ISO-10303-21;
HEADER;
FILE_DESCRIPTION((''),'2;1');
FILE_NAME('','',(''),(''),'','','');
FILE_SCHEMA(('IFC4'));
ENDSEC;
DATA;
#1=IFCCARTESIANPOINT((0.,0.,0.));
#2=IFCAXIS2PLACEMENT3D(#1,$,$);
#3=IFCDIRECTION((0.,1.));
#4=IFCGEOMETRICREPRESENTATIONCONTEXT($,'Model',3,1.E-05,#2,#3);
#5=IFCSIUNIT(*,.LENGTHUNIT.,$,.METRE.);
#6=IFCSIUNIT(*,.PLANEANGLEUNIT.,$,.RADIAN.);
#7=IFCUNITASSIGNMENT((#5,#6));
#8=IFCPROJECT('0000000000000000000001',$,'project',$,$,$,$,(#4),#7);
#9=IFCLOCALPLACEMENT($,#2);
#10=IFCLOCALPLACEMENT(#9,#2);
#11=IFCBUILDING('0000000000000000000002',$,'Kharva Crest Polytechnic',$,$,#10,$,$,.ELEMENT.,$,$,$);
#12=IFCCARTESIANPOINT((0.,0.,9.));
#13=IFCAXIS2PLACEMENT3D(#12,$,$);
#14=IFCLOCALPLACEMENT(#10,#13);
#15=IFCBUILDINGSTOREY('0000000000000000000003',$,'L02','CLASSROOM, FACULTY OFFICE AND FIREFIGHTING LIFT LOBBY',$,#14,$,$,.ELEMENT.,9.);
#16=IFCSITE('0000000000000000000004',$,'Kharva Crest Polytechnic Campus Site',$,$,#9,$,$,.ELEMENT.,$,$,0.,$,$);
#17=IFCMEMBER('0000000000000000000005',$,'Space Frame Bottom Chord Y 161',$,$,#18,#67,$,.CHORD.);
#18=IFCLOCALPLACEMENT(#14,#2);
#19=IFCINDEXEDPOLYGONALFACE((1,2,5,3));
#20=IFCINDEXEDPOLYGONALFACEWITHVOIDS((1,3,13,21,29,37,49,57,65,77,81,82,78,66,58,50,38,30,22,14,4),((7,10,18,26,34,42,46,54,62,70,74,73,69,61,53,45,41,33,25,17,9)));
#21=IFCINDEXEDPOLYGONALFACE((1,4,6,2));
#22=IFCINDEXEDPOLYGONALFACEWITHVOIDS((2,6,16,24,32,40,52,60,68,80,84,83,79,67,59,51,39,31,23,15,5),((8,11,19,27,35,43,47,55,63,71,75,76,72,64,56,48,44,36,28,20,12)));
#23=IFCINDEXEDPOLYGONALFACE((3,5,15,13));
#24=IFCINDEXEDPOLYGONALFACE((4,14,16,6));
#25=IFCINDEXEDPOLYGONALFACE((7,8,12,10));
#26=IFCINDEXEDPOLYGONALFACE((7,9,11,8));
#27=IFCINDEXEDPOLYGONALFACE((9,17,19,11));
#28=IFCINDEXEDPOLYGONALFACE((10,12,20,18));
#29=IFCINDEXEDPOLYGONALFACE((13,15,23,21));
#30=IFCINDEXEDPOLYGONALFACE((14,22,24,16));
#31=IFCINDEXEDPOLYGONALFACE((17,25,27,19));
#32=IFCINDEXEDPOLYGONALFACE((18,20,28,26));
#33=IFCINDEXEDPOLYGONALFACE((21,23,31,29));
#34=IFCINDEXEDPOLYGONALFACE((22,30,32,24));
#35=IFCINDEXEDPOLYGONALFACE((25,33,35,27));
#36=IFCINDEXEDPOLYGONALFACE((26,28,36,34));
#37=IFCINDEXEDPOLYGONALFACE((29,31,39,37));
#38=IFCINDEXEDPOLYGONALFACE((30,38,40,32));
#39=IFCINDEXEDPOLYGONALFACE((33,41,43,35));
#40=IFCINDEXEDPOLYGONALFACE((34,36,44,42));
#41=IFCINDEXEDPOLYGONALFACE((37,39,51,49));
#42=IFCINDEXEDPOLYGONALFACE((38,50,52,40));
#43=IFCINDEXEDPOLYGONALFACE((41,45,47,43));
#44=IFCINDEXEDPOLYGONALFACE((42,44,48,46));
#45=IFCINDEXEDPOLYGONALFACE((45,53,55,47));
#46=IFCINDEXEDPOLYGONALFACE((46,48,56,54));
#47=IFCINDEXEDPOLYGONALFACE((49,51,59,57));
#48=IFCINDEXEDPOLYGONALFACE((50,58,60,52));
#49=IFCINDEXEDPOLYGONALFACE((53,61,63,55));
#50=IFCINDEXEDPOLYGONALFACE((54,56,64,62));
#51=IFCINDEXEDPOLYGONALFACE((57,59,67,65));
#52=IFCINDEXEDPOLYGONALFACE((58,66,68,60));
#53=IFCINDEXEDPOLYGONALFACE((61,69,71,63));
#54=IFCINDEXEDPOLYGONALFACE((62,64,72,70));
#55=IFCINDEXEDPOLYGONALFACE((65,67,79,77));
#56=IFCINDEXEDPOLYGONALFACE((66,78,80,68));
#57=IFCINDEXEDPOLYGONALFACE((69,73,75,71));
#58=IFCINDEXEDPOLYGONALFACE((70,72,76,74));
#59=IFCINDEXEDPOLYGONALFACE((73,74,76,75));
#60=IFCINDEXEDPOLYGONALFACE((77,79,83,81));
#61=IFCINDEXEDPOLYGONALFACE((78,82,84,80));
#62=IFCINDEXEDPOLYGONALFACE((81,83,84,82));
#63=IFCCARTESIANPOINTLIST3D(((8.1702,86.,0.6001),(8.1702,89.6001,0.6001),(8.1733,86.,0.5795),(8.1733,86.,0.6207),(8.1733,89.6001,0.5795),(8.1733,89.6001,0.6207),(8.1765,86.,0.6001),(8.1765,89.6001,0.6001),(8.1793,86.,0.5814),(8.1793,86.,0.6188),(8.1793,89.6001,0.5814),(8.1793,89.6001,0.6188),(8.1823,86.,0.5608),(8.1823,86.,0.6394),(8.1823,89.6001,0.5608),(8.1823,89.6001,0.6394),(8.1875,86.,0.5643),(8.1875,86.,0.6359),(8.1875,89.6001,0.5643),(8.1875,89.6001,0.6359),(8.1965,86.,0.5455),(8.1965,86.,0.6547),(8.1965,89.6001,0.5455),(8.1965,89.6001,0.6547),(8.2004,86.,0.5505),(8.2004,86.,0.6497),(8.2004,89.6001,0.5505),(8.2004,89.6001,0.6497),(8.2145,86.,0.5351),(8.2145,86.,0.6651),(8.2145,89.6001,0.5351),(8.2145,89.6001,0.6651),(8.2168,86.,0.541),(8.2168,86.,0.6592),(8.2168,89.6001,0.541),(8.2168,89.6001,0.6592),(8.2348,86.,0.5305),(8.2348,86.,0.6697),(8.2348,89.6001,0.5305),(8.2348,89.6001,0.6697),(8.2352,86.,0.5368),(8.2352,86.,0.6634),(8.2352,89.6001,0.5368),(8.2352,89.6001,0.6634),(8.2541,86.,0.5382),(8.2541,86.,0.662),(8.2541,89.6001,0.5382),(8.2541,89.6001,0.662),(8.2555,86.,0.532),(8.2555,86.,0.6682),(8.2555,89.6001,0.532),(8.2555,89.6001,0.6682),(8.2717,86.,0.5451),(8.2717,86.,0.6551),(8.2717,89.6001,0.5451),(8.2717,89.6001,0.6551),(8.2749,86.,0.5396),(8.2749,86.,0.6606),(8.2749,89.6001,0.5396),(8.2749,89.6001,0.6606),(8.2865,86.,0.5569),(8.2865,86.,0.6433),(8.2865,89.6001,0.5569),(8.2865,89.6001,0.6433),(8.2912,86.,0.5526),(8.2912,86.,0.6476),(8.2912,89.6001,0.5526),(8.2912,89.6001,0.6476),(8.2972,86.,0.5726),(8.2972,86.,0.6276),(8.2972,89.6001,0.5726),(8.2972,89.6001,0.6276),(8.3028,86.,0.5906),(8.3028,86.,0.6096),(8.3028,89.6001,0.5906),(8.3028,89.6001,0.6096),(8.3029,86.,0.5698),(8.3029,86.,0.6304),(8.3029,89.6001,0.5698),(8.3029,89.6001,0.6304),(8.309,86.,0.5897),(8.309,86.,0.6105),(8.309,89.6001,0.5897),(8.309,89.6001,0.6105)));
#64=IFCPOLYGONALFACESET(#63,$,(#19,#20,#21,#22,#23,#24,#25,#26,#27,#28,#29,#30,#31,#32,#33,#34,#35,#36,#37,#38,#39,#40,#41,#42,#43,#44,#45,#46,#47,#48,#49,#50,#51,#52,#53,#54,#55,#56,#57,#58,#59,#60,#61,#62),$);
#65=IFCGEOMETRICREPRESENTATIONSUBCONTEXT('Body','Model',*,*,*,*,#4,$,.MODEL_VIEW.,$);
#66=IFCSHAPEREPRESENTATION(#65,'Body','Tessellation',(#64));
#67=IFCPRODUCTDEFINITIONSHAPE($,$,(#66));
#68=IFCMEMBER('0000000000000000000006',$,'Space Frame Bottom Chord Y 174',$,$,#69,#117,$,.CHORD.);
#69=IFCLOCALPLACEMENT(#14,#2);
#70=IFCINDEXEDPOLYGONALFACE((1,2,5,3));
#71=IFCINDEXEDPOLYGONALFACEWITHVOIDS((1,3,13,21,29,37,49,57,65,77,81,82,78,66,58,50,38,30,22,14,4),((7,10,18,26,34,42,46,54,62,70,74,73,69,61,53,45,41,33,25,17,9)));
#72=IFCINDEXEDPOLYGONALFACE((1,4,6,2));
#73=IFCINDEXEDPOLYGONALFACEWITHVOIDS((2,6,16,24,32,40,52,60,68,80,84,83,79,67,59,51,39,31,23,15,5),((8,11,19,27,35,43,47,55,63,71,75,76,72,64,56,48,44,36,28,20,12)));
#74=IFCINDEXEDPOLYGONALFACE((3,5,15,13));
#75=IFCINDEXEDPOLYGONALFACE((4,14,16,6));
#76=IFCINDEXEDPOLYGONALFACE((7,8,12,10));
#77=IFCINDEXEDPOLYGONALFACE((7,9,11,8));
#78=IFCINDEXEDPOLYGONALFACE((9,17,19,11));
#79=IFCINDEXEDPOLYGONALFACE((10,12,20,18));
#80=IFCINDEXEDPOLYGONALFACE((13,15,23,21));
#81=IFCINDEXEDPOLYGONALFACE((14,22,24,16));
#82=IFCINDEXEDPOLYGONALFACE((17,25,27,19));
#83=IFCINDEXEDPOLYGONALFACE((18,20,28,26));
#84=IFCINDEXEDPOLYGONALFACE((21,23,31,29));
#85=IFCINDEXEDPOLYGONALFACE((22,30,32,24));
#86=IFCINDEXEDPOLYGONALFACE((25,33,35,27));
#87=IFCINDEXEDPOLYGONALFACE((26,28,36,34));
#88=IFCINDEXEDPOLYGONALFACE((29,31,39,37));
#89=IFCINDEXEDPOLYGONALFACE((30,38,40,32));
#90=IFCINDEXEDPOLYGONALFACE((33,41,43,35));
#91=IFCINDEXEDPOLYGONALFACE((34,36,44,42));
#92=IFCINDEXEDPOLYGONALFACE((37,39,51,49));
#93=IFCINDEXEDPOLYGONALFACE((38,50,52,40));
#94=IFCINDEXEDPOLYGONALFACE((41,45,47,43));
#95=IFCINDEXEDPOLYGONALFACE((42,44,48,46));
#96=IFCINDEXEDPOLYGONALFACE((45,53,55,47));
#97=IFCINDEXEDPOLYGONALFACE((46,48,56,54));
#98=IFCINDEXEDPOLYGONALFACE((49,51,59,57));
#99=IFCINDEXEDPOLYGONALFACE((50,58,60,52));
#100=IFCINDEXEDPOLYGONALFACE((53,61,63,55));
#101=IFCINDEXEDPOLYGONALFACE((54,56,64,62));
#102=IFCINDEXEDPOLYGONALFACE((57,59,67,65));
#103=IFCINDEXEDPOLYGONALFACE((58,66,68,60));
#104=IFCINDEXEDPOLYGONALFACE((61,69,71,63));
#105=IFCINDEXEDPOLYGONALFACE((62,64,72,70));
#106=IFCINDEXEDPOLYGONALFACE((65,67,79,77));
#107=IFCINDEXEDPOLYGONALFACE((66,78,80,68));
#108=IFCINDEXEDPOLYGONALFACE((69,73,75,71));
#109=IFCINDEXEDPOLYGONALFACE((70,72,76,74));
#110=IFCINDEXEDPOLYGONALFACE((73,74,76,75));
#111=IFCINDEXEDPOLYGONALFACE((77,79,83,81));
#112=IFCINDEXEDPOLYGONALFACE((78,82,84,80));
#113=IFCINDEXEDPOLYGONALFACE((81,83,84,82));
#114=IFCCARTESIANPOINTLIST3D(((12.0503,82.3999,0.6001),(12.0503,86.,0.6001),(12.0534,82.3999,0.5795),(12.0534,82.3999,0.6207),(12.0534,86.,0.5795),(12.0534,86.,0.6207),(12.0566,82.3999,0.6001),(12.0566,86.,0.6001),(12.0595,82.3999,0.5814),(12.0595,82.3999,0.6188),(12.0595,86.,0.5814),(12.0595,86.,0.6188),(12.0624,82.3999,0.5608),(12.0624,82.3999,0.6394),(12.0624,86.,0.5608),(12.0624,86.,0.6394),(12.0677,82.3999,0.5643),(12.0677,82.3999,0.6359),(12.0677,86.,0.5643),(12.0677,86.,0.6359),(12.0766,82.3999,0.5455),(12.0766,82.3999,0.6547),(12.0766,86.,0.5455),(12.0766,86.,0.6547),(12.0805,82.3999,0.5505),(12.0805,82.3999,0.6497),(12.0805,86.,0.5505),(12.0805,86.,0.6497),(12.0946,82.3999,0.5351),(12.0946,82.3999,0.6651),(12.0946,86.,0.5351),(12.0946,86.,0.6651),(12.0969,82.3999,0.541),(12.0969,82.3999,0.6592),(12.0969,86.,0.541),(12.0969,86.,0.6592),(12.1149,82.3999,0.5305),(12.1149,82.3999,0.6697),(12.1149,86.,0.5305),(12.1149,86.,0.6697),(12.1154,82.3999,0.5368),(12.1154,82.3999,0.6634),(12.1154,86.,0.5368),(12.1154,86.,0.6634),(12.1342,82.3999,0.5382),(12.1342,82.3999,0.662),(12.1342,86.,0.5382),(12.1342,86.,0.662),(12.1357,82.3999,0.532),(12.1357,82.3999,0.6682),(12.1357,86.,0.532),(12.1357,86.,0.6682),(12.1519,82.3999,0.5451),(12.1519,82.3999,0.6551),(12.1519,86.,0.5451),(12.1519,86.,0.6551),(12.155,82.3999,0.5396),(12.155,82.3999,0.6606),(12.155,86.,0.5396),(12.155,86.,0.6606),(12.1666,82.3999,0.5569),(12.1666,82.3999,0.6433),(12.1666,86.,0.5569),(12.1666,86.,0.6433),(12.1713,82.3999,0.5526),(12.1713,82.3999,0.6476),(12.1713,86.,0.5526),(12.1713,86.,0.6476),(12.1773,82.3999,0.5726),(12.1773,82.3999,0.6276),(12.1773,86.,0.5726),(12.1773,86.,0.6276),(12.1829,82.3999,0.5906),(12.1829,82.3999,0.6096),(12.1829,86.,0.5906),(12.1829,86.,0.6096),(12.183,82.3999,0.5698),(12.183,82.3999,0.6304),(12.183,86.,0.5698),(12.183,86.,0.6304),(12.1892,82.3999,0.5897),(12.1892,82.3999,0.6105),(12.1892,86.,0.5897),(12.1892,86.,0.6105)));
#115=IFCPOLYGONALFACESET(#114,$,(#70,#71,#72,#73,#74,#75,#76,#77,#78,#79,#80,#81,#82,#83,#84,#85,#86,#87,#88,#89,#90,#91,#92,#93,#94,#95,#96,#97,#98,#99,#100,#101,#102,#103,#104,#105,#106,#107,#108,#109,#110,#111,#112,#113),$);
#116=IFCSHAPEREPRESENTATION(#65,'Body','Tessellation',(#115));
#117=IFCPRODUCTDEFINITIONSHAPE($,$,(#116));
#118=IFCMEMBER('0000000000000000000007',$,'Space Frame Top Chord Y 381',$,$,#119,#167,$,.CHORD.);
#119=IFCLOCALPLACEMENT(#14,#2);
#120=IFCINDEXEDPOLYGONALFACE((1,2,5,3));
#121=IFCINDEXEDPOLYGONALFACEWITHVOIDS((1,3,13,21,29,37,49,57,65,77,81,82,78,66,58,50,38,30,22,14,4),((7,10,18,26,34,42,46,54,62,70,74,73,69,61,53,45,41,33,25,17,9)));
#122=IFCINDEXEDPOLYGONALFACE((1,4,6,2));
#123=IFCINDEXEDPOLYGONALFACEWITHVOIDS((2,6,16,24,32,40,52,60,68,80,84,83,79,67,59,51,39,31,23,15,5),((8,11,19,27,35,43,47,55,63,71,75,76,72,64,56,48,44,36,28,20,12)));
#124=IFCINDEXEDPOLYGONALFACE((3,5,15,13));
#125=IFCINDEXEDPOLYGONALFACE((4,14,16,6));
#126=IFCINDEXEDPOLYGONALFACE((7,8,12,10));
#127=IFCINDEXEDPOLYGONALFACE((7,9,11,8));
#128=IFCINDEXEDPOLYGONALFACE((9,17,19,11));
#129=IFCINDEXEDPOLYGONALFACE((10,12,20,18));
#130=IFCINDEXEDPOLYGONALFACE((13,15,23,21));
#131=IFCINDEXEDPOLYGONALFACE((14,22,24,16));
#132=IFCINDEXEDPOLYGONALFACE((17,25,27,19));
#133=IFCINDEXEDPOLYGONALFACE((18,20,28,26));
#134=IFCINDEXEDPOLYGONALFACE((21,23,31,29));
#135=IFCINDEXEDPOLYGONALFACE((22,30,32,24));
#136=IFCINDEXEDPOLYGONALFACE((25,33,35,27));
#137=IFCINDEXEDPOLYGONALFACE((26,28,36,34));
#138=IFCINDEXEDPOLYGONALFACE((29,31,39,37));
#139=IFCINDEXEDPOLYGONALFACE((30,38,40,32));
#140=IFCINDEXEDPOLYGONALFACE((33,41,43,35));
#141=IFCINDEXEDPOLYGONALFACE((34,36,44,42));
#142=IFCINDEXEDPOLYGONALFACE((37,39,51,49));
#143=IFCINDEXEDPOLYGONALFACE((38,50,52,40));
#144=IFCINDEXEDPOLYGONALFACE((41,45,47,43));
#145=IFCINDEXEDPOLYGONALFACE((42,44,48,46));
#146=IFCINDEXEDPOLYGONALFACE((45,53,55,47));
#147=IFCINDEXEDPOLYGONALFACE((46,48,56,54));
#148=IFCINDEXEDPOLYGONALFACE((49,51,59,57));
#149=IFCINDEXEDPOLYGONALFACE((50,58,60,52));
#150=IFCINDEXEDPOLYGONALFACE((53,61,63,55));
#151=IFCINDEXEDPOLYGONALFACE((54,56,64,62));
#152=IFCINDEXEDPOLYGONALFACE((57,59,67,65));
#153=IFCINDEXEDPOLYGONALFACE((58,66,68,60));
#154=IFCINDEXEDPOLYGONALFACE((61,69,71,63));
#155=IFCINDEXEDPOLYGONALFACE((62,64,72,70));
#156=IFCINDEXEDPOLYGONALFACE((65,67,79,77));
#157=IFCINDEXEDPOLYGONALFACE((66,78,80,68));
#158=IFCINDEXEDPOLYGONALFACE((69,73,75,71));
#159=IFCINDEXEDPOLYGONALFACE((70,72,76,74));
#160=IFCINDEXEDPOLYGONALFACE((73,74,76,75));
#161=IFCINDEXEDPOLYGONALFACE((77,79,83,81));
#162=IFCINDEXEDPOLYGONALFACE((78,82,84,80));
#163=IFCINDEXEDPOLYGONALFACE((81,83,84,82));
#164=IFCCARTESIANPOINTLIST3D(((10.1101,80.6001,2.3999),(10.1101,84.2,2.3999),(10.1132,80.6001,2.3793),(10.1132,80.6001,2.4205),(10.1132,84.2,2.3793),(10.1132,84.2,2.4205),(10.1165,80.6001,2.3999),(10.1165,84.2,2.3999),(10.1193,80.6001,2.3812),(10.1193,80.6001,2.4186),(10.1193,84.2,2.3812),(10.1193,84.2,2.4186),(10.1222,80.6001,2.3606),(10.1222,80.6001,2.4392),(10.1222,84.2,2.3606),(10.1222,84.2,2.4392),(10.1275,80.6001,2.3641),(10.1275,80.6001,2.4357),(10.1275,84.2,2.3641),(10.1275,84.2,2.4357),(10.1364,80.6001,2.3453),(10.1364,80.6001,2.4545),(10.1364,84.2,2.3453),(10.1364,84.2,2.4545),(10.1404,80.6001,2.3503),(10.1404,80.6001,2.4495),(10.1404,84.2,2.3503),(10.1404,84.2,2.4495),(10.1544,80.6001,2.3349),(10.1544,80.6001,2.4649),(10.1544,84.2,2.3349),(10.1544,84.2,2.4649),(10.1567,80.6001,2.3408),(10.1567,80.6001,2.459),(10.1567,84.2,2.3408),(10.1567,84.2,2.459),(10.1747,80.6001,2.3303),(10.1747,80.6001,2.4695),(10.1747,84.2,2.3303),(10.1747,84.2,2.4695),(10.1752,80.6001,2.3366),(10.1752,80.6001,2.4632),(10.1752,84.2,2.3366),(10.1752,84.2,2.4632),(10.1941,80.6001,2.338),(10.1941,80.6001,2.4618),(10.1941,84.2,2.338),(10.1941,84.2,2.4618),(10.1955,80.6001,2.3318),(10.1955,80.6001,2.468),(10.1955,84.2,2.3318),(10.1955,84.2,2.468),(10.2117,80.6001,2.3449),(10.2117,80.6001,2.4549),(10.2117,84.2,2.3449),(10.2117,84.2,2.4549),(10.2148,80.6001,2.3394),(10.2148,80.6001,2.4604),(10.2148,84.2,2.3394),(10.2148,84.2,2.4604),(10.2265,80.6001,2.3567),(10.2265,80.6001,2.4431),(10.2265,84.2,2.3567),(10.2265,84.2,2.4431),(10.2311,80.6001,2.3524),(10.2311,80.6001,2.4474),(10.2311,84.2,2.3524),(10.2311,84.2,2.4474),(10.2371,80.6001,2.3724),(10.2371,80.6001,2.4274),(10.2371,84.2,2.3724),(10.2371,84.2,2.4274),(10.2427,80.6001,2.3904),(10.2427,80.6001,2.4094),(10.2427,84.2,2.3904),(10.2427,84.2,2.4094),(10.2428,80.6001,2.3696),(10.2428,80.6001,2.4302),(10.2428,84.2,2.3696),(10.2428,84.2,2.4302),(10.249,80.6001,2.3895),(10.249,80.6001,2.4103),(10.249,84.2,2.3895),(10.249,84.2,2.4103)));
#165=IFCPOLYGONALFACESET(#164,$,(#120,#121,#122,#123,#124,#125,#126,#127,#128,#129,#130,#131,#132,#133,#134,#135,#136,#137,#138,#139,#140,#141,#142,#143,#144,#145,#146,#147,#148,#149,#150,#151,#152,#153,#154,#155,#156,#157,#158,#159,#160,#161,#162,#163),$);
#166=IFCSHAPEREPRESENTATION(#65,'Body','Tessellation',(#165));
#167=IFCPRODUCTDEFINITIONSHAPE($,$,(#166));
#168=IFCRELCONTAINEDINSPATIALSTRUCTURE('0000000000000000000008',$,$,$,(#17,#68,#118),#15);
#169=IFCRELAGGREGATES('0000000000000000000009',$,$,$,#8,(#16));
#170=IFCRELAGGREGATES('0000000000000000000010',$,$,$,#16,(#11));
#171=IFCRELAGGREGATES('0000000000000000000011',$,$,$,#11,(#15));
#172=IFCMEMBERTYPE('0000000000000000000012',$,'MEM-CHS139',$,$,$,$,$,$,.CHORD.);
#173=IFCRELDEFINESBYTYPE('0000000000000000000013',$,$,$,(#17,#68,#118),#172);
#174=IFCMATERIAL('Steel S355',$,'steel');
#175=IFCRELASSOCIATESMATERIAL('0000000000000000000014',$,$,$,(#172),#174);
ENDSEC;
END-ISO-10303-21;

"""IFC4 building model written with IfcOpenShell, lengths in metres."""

from ifc_helpers import new_model, si_unit, direction, frame, origin, origin_2d, place, context, subcontext, project, spatial, hollow_circle, extrude, material, material_profile, profile_set, type_object, element, save


model = new_model("IFC4")

# Units and contexts
model_context = context("Model", 3, precision=1e-05, world=origin(), true_north=direction((0.0, 1.0)))
body_context = subcontext(model_context, "Body", "Model", "MODEL_VIEW")
ifc_project = project(units=[si_unit("LENGTHUNIT", "METRE"), si_unit("PLANEANGLEUNIT", "RADIAN")], contexts=[model_context])

# Site, building, storey
site_placement = place(None, origin())
site = spatial("IfcSite", under=ifc_project, at=site_placement, Name="Kharva Crest Polytechnic Campus Site", CompositionType="ELEMENT", RefElevation=0.0)
building_placement = place(site_placement, origin())
building = spatial("IfcBuilding", under=site, at=building_placement, Name="Kharva Crest Polytechnic", CompositionType="ELEMENT")
storey_placement = place(building_placement, frame((0.0, 0.0, 9.0)))
storey = spatial("IfcBuildingStorey", under=building, at=storey_placement, Name="L02", Description="CLASSROOM, FACULTY OFFICE AND FIREFIGHTING LIFT LOBBY", CompositionType="ELEMENT", Elevation=9.0)

# Shared definitions
ifc_material_1 = material(Name="Steel S355", Category="steel")

# Members
ifc_material_profile_1 = material_profile(ifc_material_1, hollow_circle(Radius=0.0698, WallThickness=0.0063, at=origin_2d()), Name="CHS 139.7X6.3")
ifc_profile_set_1 = profile_set([ifc_material_profile_1], Name="Steel S355")
member_type_1 = type_object("IfcMemberType", Name="MEM-CHS139", PredefinedType="CHORD", material=ifc_profile_set_1)
for number, where, z_axis, x_axis, name in (
    (1, (8.24, 86.0, 0.6001), (0.0, 1.0, 0.0), (-1.0, 0.0, 0.0), "Space Frame Bottom Chord Y 161"),
    (2, (12.1201, 82.3999, 0.6001), (0.0, 1.0, 0.0), (-1.0, 0.0, 0.0), "Space Frame Bottom Chord Y 174"),
):
    element("IfcMember", number, at=place(storey_placement, frame(where, z_axis=z_axis, x_axis=x_axis)), inside=storey, type_object=member_type_1, Name=name, PredefinedType="CHORD", context=body_context, shape_type="SweptSolid", body=[
        extrude(hollow_circle(Radius=0.0698, WallThickness=0.0063, at=origin_2d()), origin(), (0.0, 0.0, 1.0), 3.6001),
    ])
member_1_placement = place(storey_placement, frame((10.1799, 80.6001, 2.3999), z_axis=(0.0, 1.0, 0.0), x_axis=(-1.0, 0.0, 0.0)))
element("IfcMember", 3, at=member_1_placement, inside=storey, type_object=member_type_1, Name="Space Frame Top Chord Y 381", PredefinedType="CHORD", context=body_context, shape_type="SweptSolid", body=[
    extrude(hollow_circle(Radius=0.0698, WallThickness=0.0063, at=origin_2d()), origin(), (0.0, 0.0, 1.0), 3.5999),
])

save(model, "model.ifc")
